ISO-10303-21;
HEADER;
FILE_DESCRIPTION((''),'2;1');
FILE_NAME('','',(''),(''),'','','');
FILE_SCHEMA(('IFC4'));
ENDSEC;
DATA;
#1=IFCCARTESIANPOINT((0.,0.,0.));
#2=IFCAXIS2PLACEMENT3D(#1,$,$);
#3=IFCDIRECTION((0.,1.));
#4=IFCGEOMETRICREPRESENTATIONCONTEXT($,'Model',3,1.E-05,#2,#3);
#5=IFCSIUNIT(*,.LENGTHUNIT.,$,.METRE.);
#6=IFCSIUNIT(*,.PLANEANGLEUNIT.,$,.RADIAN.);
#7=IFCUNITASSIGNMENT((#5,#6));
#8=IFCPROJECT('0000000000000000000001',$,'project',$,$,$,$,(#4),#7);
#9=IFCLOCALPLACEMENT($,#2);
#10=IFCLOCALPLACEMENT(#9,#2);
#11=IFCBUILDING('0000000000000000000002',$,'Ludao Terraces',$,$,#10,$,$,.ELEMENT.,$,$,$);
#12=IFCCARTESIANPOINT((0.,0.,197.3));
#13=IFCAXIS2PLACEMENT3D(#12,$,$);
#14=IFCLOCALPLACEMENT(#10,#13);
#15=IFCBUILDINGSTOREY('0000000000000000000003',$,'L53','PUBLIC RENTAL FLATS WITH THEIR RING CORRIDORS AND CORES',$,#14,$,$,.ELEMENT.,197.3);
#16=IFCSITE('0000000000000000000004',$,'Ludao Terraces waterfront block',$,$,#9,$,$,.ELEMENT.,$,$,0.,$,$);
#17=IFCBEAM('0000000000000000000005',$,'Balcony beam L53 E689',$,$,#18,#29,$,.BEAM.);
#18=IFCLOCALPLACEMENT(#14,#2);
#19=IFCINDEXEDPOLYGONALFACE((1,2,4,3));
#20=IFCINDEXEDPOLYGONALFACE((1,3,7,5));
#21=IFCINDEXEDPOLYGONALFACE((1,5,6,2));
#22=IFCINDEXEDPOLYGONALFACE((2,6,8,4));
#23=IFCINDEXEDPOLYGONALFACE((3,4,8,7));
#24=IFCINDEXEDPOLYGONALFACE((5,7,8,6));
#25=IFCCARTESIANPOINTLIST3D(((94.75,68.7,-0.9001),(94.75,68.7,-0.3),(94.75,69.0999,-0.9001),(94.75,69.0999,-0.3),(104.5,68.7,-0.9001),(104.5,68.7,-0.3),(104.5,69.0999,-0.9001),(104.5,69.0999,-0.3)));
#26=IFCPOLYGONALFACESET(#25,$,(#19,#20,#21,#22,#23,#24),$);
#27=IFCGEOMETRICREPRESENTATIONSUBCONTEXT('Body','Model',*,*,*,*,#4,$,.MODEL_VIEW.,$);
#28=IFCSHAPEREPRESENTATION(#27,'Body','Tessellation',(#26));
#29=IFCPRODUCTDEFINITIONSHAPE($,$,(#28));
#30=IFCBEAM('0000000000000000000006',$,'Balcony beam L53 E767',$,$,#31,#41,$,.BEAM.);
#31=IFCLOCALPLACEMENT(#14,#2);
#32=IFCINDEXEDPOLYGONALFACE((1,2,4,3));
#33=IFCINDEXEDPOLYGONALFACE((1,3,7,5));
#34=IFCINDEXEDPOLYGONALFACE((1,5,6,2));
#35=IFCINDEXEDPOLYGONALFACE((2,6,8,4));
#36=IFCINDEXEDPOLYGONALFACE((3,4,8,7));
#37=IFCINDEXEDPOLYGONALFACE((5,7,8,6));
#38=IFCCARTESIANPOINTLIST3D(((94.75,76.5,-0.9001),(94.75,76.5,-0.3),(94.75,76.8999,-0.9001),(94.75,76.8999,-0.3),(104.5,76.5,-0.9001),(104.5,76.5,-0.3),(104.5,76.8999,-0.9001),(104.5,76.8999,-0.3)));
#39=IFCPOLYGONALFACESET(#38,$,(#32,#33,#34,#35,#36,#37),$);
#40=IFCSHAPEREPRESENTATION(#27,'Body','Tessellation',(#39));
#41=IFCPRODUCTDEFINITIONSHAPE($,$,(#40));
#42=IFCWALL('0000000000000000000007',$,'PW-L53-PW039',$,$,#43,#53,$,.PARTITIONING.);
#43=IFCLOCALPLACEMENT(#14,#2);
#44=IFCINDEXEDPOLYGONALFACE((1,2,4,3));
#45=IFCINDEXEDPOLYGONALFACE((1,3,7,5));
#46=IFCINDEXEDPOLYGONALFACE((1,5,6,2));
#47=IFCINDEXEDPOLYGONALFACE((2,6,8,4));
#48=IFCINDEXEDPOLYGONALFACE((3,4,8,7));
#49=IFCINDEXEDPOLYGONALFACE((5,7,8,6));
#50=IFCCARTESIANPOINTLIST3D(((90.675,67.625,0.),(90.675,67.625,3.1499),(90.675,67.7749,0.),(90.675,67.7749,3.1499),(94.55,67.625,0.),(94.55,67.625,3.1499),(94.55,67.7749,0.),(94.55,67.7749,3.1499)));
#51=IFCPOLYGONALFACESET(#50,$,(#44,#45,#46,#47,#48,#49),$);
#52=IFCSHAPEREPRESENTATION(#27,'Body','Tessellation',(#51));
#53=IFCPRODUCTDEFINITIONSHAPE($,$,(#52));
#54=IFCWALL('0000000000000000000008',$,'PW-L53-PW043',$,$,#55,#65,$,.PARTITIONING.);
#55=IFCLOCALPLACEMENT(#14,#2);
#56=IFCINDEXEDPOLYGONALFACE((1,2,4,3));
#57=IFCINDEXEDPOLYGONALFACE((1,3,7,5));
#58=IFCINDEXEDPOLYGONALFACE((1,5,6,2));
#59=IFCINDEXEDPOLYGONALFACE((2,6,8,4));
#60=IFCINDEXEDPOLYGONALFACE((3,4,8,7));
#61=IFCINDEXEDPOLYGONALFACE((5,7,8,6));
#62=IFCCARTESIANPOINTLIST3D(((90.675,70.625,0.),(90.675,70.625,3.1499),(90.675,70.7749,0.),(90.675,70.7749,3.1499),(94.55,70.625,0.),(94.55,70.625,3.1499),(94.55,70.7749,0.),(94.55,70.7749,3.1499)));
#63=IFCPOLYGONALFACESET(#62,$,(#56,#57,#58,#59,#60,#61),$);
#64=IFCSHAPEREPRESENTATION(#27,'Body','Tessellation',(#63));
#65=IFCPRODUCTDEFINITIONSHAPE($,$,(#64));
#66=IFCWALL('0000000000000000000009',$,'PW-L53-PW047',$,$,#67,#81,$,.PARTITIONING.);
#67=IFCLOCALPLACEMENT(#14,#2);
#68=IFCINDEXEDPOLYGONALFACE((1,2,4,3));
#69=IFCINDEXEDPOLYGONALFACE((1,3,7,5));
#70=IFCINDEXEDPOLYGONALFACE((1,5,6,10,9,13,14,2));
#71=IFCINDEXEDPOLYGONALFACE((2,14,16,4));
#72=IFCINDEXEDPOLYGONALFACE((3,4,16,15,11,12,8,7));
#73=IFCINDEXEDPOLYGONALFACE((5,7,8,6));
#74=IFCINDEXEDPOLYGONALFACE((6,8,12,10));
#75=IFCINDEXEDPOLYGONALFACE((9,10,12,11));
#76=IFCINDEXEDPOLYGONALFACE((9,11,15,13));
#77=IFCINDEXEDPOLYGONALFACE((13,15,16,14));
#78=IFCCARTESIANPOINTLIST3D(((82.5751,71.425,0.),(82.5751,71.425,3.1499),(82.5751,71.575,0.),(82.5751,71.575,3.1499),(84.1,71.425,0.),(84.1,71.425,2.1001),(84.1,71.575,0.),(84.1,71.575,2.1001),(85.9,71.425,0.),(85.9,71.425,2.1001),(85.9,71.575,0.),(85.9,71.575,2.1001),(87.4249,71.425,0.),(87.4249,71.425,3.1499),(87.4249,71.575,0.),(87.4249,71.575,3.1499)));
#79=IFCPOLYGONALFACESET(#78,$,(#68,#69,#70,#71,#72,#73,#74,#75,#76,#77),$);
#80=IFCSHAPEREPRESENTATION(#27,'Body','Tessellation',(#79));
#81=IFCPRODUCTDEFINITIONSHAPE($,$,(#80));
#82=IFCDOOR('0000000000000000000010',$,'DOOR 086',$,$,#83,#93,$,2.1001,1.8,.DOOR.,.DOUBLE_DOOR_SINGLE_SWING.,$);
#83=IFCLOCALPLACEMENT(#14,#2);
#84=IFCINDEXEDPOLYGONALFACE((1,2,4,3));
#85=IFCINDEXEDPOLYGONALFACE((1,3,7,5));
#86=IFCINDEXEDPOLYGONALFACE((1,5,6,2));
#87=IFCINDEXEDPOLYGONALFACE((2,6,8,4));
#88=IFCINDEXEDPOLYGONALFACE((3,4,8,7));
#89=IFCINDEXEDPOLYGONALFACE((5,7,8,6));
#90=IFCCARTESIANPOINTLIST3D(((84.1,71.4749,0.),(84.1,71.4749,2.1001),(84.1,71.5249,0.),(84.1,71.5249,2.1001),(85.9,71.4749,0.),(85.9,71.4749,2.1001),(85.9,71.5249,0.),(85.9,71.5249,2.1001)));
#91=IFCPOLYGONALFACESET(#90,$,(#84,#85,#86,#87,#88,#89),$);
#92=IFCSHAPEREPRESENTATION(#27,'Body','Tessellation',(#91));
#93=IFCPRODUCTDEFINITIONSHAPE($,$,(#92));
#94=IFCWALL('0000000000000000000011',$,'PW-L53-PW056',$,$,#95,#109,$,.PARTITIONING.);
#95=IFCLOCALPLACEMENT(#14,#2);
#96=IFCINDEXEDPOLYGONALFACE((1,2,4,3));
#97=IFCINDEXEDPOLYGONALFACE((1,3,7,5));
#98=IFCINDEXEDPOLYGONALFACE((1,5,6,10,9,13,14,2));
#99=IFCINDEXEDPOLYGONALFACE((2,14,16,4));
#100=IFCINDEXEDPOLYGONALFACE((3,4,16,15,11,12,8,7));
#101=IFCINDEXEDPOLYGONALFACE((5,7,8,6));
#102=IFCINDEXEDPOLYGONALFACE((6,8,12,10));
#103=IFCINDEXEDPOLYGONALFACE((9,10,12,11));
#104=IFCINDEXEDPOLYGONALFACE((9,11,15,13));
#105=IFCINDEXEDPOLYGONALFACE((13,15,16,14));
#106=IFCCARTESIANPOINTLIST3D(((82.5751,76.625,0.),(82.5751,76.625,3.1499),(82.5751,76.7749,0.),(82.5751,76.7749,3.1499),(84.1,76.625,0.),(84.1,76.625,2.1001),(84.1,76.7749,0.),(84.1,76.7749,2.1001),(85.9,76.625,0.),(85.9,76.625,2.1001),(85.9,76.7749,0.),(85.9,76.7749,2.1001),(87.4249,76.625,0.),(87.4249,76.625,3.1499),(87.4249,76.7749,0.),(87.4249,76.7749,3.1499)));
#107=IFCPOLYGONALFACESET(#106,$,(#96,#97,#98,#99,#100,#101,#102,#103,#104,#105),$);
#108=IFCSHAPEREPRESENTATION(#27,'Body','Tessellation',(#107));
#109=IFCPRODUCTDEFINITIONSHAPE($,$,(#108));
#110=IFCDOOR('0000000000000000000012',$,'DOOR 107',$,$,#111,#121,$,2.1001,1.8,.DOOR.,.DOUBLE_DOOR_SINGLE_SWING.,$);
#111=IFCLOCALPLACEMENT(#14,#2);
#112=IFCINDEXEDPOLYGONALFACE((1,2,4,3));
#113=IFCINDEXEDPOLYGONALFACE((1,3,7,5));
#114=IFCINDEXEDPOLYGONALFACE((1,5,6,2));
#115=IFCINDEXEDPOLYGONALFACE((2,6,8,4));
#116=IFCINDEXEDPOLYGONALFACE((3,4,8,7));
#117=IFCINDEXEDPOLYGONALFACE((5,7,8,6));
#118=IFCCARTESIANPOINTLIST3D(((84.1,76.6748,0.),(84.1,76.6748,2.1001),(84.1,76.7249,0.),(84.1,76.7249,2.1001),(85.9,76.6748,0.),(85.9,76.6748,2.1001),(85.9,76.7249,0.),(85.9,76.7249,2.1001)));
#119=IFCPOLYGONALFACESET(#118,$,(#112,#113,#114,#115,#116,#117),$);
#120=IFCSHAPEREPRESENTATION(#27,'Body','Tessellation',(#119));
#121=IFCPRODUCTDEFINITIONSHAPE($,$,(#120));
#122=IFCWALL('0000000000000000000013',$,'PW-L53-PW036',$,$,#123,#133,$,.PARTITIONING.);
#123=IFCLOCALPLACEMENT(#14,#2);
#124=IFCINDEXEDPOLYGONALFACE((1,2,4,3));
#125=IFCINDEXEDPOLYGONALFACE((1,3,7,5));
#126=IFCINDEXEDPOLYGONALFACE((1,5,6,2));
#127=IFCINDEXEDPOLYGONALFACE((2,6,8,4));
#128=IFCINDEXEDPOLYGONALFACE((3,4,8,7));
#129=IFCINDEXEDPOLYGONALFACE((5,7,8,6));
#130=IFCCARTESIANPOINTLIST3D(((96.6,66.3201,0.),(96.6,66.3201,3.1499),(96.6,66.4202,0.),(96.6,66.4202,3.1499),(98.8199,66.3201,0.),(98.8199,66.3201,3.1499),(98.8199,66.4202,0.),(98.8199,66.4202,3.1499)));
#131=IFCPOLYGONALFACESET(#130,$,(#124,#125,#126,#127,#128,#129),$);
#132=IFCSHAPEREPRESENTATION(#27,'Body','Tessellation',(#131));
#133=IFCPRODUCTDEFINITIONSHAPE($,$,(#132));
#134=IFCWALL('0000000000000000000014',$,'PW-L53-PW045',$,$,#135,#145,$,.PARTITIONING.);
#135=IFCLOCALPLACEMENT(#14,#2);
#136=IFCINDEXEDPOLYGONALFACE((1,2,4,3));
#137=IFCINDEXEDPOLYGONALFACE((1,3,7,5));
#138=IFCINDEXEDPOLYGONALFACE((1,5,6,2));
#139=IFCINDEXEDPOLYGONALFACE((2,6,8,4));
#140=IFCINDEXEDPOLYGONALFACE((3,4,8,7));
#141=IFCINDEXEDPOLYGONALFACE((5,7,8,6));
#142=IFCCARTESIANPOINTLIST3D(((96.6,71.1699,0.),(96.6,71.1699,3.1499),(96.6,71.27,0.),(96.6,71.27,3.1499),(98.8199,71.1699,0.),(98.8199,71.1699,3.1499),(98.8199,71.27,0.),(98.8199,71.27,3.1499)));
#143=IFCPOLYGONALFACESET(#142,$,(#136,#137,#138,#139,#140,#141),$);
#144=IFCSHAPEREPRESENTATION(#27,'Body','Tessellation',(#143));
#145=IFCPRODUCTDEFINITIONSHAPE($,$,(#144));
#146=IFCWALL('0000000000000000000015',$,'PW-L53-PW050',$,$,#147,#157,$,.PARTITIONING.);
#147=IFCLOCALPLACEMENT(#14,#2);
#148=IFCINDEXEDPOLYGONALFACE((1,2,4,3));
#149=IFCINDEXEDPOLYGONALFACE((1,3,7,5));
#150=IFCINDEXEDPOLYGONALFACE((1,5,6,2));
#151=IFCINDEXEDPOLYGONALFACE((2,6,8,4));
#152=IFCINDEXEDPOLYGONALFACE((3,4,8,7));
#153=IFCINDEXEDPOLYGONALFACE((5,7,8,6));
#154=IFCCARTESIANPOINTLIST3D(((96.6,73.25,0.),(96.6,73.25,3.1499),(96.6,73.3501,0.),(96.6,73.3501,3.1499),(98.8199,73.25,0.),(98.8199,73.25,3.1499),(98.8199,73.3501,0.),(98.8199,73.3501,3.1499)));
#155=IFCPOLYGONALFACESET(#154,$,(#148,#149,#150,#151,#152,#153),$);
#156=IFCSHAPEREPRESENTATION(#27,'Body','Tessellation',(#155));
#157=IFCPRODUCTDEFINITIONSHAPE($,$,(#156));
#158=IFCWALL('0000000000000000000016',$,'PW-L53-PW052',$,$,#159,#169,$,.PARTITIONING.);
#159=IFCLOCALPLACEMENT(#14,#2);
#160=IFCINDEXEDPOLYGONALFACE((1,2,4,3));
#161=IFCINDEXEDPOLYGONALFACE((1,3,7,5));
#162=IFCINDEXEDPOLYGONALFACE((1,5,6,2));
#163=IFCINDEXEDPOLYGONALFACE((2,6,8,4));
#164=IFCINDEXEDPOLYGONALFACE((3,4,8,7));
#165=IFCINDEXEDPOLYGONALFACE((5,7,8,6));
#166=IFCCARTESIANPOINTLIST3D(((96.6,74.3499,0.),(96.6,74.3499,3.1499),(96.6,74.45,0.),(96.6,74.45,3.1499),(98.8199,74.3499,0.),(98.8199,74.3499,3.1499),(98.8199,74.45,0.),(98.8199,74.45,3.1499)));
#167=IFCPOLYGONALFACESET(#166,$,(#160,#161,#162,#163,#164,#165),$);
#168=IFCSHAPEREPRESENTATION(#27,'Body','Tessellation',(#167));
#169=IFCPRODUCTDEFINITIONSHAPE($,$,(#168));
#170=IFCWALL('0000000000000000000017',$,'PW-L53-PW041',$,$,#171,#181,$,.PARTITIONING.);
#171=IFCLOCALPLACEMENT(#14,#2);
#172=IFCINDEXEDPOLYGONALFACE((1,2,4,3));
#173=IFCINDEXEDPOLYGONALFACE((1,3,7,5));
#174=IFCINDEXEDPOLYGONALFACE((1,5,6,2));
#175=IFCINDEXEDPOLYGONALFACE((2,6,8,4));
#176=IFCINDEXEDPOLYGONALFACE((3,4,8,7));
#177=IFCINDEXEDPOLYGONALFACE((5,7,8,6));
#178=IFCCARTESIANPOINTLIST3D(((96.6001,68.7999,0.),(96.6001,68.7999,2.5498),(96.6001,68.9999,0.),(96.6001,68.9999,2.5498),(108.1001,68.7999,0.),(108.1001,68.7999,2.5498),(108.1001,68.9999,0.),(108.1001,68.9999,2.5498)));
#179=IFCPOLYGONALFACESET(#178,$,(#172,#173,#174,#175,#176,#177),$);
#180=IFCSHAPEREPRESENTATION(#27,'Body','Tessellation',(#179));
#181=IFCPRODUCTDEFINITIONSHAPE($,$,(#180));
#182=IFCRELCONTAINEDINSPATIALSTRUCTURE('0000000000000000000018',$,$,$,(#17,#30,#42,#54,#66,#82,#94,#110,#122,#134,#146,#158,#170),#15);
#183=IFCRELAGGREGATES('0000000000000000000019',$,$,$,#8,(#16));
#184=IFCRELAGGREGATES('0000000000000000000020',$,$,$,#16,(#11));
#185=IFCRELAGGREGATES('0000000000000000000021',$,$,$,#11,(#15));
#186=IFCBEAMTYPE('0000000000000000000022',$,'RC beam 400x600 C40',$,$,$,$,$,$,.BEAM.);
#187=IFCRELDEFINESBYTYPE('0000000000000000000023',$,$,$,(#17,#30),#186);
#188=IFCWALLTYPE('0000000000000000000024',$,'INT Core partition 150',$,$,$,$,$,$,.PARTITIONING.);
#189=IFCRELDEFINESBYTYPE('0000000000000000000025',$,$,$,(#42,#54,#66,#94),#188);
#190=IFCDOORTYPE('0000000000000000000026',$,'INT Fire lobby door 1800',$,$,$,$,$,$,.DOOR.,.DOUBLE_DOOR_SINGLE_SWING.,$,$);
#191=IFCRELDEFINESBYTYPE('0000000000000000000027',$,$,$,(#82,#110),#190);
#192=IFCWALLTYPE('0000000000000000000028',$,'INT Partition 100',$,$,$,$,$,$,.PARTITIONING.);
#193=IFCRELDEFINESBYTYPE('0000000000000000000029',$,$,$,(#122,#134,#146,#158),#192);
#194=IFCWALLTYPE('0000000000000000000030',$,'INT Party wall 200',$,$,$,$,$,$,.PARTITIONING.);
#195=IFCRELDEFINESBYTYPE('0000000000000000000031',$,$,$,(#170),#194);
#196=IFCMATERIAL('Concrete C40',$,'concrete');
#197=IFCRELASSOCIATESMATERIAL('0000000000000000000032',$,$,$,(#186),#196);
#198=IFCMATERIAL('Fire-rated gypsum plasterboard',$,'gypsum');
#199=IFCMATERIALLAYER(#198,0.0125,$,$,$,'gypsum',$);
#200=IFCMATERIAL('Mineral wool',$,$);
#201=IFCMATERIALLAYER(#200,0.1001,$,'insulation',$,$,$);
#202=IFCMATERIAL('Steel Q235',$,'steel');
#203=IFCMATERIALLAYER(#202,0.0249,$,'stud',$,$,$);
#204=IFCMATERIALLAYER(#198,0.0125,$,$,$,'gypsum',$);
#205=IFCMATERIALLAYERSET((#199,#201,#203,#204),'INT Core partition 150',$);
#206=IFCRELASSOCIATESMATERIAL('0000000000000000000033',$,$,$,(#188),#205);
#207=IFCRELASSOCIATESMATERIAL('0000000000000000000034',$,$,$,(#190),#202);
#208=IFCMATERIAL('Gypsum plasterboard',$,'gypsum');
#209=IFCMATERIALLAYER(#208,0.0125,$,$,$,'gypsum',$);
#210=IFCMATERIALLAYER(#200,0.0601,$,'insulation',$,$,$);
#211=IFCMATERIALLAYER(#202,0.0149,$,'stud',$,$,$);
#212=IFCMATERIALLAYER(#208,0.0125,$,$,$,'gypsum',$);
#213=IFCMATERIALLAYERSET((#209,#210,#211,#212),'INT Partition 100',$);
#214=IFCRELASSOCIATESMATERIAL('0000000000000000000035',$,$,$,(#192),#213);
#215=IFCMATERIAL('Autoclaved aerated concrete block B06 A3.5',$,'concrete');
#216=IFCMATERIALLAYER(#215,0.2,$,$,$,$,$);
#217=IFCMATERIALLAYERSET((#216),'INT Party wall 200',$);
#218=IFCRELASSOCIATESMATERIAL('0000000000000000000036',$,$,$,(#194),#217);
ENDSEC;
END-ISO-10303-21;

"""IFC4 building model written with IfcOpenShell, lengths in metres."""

from ifc_helpers import new_model, si_unit, direction, frame, frame_2d, origin, origin_2d, place, context, subcontext, project, spatial, rectangle, extrude, material, layer, layer_set, material_profile, profile_set, type_object, element, fill, save


model = new_model("IFC4")

# Units and contexts
model_context = context("Model", 3, precision=1e-05, world=origin(), true_north=direction((0.0, 1.0)))
body_context = subcontext(model_context, "Body", "Model", "MODEL_VIEW")
ifc_project = project(units=[si_unit("LENGTHUNIT", "METRE"), si_unit("PLANEANGLEUNIT", "RADIAN")], contexts=[model_context])

# Site, building, storey
site_placement = place(None, origin())
site = spatial("IfcSite", under=ifc_project, at=site_placement, Name="Ludao Terraces waterfront block", CompositionType="ELEMENT", RefElevation=0.0)
building_placement = place(site_placement, origin())
building = spatial("IfcBuilding", under=site, at=building_placement, Name="Ludao Terraces", CompositionType="ELEMENT")
storey_placement = place(building_placement, frame((0.0, 0.0, 197.3)))
storey = spatial("IfcBuildingStorey", under=building, at=storey_placement, Name="L53", Description="PUBLIC RENTAL FLATS WITH THEIR RING CORRIDORS AND CORES", CompositionType="ELEMENT", Elevation=197.3)

# Beams
ifc_material_1 = material(Name="Concrete C40", Category="concrete")
ifc_material_profile = material_profile(ifc_material_1, rectangle(XDim=0.3999, YDim=0.6001, at=origin_2d()), Name="400 X 600")
ifc_profile_set = profile_set([ifc_material_profile], Name="Concrete C40")
beam_type = type_object("IfcBeamType", Name="RC beam 400x600 C40", PredefinedType="BEAM", material=ifc_profile_set)
for number, where, z_axis, x_axis, name in (
    (1, (94.75, 68.8999, -0.6001), (1.0, 0.0, 0.0), (0.0, 1.0, 0.0), "Balcony beam L53 E689"),
    (2, (94.75, 76.7, -0.6001), (1.0, 0.0, 0.0), (0.0, 1.0, 0.0), "Balcony beam L53 E767"),
):
    element("IfcBeam", number, at=place(storey_placement, frame(where, z_axis=z_axis, x_axis=x_axis)), inside=storey, type_object=beam_type, Name=name, PredefinedType="BEAM", context=body_context, shape_type="SweptSolid", body=[
        extrude(rectangle(XDim=0.3999, YDim=0.6001, at=origin_2d()), origin(), (0.0, 0.0, 1.0), 9.75),
    ])

# Walls
ifc_material_2 = material(Name="Fire-rated gypsum plasterboard", Category="gypsum")
ifc_layer_1 = layer(ifc_material_2, 0.0125, Category="gypsum")
ifc_material_3 = material(Name="Mineral wool")
ifc_layer_2 = layer(ifc_material_3, 0.1001, Name="insulation")
ifc_material_4 = material(Name="Steel Q235", Category="steel")
ifc_layer_3 = layer(ifc_material_4, 0.0249, Name="stud")
ifc_layer_4 = layer(ifc_material_2, 0.0125, Category="gypsum")
ifc_layer_set_1 = layer_set([ifc_layer_1, ifc_layer_2, ifc_layer_3, ifc_layer_4], Name="INT Core partition 150")
wall_type_1 = type_object("IfcWallType", Name="INT Core partition 150", PredefinedType="PARTITIONING", material=ifc_layer_set_1)
for number, where, z_axis, x_axis, name in (
    (3, (90.675, 67.7, 0.0), (0.0, 0.0, 1.0), (1.0, 0.0, 0.0), "PW-L53-PW039"),
    (4, (90.675, 70.7, 0.0), (0.0, 0.0, 1.0), (1.0, 0.0, 0.0), "PW-L53-PW043"),
):
    element("IfcWall", number, at=place(storey_placement, frame(where, z_axis=z_axis, x_axis=x_axis)), inside=storey, type_object=wall_type_1, Name=name, PredefinedType="PARTITIONING", context=body_context, shape_type="SweptSolid", body=[
        extrude(rectangle(XDim=3.875, YDim=0.1499, at=frame_2d((1.9375, 0.0))), origin(), (0.0, 0.0, 1.0), 3.1499),
    ])

# Walls, openings, doors
wall_1_placement = place(storey_placement, frame((82.5752, 71.5, 0.0), z_axis=(0.0, 0.0, 1.0), x_axis=(1.0, 0.0, 0.0)))
wall_1 = element("IfcWall", 5, at=wall_1_placement, inside=storey, type_object=wall_type_1, Name="PW-L53-PW047", PredefinedType="PARTITIONING", context=body_context, shape_type="SweptSolid", body=[
    extrude(rectangle(XDim=4.8499, YDim=0.1499, at=frame_2d((2.4248, 0.0))), origin(), (0.0, 0.0, 1.0), 3.1499),
])
opening_1_placement = place(wall_1_placement, frame((1.5249, 0.0, 0.0)))
opening_1 = element("IfcOpeningElement", 6, at=opening_1_placement, cuts=wall_1, PredefinedType="OPENING", context=body_context, shape_type="SweptSolid", body=[
    extrude(rectangle(XDim=1.8, YDim=2.1001, at=frame_2d((0.8999, 1.05))), frame((0.0, 0.085, 0.0), z_axis=(0.0, -1.0, 0.0), x_axis=(1.0, 0.0, 0.0)), (0.0, 0.0, 1.0), 0.1699),
])
door_type_1 = type_object("IfcDoorType", Name="INT Fire lobby door 1800", OperationType="DOUBLE_DOOR_SINGLE_SWING", PredefinedType="DOOR", material=ifc_material_4)
door_1_placement = place(opening_1_placement, origin())
door_1 = element("IfcDoor", 7, at=door_1_placement, inside=storey, type_object=door_type_1, Name="DOOR 086", OperationType="DOUBLE_DOOR_SINGLE_SWING", OverallHeight=2.1001, OverallWidth=1.8, PredefinedType="DOOR", context=body_context, shape_type="SweptSolid", body=[
    extrude(rectangle(XDim=1.8, YDim=2.1001, at=frame_2d((0.8999, 1.05))), frame((0.0, 0.0249, 0.0), z_axis=(0.0, -1.0, 0.0), x_axis=(1.0, 0.0, 0.0)), (0.0, 0.0, 1.0), 0.05),
])
fill(opening_1, door_1)
wall_2_placement = place(storey_placement, frame((82.5752, 76.7, 0.0), z_axis=(0.0, 0.0, 1.0), x_axis=(1.0, 0.0, 0.0)))
wall_2 = element("IfcWall", 8, at=wall_2_placement, inside=storey, type_object=wall_type_1, Name="PW-L53-PW056", PredefinedType="PARTITIONING", context=body_context, shape_type="SweptSolid", body=[
    extrude(rectangle(XDim=4.8499, YDim=0.1499, at=frame_2d((2.4248, 0.0))), origin(), (0.0, 0.0, 1.0), 3.1499),
])
opening_2_placement = place(wall_2_placement, frame((1.5249, 0.0, 0.0)))
opening_2 = element("IfcOpeningElement", 9, at=opening_2_placement, cuts=wall_2, PredefinedType="OPENING", context=body_context, shape_type="SweptSolid", body=[
    extrude(rectangle(XDim=1.8, YDim=2.1001, at=frame_2d((0.8999, 1.05))), frame((0.0, 0.085, 0.0), z_axis=(0.0, -1.0, 0.0), x_axis=(1.0, 0.0, 0.0)), (0.0, 0.0, 1.0), 0.1699),
])
door_2_placement = place(opening_2_placement, origin())
door_2 = element("IfcDoor", 10, at=door_2_placement, inside=storey, type_object=door_type_1, Name="DOOR 107", OperationType="DOUBLE_DOOR_SINGLE_SWING", OverallHeight=2.1001, OverallWidth=1.8, PredefinedType="DOOR", context=body_context, shape_type="SweptSolid", body=[
    extrude(rectangle(XDim=1.8, YDim=2.1001, at=frame_2d((0.8999, 1.05))), frame((0.0, 0.0249, 0.0), z_axis=(0.0, -1.0, 0.0), x_axis=(1.0, 0.0, 0.0)), (0.0, 0.0, 1.0), 0.05),
])
fill(opening_2, door_2)

# Walls
ifc_material_5 = material(Name="Gypsum plasterboard", Category="gypsum")
ifc_layer_5 = layer(ifc_material_5, 0.0125, Category="gypsum")
ifc_layer_6 = layer(ifc_material_3, 0.0601, Name="insulation")
ifc_layer_7 = layer(ifc_material_4, 0.0149, Name="stud")
ifc_layer_8 = layer(ifc_material_5, 0.0125, Category="gypsum")
ifc_layer_set_2 = layer_set([ifc_layer_5, ifc_layer_6, ifc_layer_7, ifc_layer_8], Name="INT Partition 100")
wall_type_2 = type_object("IfcWallType", Name="INT Partition 100", PredefinedType="PARTITIONING", material=ifc_layer_set_2)
for number, where, z_axis, x_axis, name in (
    (11, (96.6001, 66.3701, 0.0), (0.0, 0.0, 1.0), (1.0, 0.0, 0.0), "PW-L53-PW036"),
    (12, (96.6001, 71.22, 0.0), (0.0, 0.0, 1.0), (1.0, 0.0, 0.0), "PW-L53-PW045"),
    (13, (96.6001, 73.3, 0.0), (0.0, 0.0, 1.0), (1.0, 0.0, 0.0), "PW-L53-PW050"),
    (14, (96.6001, 74.3999, 0.0), (0.0, 0.0, 1.0), (1.0, 0.0, 0.0), "PW-L53-PW052"),
):
    element("IfcWall", number, at=place(storey_placement, frame(where, z_axis=z_axis, x_axis=x_axis)), inside=storey, type_object=wall_type_2, Name=name, PredefinedType="PARTITIONING", context=body_context, shape_type="SweptSolid", body=[
        extrude(rectangle(XDim=2.22, YDim=0.1001, at=frame_2d((1.1099, 0.0))), origin(), (0.0, 0.0, 1.0), 3.1499),
    ])
ifc_material_6 = material(Name="Autoclaved aerated concrete block B06 A3.5", Category="concrete")
ifc_layer_9 = layer(ifc_material_6, 0.2)
ifc_layer_set_3 = layer_set([ifc_layer_9], Name="INT Party wall 200")
wall_type_3 = type_object("IfcWallType", Name="INT Party wall 200", PredefinedType="PARTITIONING", material=ifc_layer_set_3)
wall_3_placement = place(storey_placement, frame((96.6001, 68.8999, 0.0), z_axis=(0.0, 0.0, 1.0), x_axis=(1.0, 0.0, 0.0)))
element("IfcWall", 15, at=wall_3_placement, inside=storey, type_object=wall_type_3, Name="PW-L53-PW041", PredefinedType="PARTITIONING", context=body_context, shape_type="SweptSolid", body=[
    extrude(rectangle(XDim=11.5, YDim=0.2, at=frame_2d((5.75, 0.0))), origin(), (0.0, 0.0, 1.0), 2.5498),
])

save(model, "model.ifc")
